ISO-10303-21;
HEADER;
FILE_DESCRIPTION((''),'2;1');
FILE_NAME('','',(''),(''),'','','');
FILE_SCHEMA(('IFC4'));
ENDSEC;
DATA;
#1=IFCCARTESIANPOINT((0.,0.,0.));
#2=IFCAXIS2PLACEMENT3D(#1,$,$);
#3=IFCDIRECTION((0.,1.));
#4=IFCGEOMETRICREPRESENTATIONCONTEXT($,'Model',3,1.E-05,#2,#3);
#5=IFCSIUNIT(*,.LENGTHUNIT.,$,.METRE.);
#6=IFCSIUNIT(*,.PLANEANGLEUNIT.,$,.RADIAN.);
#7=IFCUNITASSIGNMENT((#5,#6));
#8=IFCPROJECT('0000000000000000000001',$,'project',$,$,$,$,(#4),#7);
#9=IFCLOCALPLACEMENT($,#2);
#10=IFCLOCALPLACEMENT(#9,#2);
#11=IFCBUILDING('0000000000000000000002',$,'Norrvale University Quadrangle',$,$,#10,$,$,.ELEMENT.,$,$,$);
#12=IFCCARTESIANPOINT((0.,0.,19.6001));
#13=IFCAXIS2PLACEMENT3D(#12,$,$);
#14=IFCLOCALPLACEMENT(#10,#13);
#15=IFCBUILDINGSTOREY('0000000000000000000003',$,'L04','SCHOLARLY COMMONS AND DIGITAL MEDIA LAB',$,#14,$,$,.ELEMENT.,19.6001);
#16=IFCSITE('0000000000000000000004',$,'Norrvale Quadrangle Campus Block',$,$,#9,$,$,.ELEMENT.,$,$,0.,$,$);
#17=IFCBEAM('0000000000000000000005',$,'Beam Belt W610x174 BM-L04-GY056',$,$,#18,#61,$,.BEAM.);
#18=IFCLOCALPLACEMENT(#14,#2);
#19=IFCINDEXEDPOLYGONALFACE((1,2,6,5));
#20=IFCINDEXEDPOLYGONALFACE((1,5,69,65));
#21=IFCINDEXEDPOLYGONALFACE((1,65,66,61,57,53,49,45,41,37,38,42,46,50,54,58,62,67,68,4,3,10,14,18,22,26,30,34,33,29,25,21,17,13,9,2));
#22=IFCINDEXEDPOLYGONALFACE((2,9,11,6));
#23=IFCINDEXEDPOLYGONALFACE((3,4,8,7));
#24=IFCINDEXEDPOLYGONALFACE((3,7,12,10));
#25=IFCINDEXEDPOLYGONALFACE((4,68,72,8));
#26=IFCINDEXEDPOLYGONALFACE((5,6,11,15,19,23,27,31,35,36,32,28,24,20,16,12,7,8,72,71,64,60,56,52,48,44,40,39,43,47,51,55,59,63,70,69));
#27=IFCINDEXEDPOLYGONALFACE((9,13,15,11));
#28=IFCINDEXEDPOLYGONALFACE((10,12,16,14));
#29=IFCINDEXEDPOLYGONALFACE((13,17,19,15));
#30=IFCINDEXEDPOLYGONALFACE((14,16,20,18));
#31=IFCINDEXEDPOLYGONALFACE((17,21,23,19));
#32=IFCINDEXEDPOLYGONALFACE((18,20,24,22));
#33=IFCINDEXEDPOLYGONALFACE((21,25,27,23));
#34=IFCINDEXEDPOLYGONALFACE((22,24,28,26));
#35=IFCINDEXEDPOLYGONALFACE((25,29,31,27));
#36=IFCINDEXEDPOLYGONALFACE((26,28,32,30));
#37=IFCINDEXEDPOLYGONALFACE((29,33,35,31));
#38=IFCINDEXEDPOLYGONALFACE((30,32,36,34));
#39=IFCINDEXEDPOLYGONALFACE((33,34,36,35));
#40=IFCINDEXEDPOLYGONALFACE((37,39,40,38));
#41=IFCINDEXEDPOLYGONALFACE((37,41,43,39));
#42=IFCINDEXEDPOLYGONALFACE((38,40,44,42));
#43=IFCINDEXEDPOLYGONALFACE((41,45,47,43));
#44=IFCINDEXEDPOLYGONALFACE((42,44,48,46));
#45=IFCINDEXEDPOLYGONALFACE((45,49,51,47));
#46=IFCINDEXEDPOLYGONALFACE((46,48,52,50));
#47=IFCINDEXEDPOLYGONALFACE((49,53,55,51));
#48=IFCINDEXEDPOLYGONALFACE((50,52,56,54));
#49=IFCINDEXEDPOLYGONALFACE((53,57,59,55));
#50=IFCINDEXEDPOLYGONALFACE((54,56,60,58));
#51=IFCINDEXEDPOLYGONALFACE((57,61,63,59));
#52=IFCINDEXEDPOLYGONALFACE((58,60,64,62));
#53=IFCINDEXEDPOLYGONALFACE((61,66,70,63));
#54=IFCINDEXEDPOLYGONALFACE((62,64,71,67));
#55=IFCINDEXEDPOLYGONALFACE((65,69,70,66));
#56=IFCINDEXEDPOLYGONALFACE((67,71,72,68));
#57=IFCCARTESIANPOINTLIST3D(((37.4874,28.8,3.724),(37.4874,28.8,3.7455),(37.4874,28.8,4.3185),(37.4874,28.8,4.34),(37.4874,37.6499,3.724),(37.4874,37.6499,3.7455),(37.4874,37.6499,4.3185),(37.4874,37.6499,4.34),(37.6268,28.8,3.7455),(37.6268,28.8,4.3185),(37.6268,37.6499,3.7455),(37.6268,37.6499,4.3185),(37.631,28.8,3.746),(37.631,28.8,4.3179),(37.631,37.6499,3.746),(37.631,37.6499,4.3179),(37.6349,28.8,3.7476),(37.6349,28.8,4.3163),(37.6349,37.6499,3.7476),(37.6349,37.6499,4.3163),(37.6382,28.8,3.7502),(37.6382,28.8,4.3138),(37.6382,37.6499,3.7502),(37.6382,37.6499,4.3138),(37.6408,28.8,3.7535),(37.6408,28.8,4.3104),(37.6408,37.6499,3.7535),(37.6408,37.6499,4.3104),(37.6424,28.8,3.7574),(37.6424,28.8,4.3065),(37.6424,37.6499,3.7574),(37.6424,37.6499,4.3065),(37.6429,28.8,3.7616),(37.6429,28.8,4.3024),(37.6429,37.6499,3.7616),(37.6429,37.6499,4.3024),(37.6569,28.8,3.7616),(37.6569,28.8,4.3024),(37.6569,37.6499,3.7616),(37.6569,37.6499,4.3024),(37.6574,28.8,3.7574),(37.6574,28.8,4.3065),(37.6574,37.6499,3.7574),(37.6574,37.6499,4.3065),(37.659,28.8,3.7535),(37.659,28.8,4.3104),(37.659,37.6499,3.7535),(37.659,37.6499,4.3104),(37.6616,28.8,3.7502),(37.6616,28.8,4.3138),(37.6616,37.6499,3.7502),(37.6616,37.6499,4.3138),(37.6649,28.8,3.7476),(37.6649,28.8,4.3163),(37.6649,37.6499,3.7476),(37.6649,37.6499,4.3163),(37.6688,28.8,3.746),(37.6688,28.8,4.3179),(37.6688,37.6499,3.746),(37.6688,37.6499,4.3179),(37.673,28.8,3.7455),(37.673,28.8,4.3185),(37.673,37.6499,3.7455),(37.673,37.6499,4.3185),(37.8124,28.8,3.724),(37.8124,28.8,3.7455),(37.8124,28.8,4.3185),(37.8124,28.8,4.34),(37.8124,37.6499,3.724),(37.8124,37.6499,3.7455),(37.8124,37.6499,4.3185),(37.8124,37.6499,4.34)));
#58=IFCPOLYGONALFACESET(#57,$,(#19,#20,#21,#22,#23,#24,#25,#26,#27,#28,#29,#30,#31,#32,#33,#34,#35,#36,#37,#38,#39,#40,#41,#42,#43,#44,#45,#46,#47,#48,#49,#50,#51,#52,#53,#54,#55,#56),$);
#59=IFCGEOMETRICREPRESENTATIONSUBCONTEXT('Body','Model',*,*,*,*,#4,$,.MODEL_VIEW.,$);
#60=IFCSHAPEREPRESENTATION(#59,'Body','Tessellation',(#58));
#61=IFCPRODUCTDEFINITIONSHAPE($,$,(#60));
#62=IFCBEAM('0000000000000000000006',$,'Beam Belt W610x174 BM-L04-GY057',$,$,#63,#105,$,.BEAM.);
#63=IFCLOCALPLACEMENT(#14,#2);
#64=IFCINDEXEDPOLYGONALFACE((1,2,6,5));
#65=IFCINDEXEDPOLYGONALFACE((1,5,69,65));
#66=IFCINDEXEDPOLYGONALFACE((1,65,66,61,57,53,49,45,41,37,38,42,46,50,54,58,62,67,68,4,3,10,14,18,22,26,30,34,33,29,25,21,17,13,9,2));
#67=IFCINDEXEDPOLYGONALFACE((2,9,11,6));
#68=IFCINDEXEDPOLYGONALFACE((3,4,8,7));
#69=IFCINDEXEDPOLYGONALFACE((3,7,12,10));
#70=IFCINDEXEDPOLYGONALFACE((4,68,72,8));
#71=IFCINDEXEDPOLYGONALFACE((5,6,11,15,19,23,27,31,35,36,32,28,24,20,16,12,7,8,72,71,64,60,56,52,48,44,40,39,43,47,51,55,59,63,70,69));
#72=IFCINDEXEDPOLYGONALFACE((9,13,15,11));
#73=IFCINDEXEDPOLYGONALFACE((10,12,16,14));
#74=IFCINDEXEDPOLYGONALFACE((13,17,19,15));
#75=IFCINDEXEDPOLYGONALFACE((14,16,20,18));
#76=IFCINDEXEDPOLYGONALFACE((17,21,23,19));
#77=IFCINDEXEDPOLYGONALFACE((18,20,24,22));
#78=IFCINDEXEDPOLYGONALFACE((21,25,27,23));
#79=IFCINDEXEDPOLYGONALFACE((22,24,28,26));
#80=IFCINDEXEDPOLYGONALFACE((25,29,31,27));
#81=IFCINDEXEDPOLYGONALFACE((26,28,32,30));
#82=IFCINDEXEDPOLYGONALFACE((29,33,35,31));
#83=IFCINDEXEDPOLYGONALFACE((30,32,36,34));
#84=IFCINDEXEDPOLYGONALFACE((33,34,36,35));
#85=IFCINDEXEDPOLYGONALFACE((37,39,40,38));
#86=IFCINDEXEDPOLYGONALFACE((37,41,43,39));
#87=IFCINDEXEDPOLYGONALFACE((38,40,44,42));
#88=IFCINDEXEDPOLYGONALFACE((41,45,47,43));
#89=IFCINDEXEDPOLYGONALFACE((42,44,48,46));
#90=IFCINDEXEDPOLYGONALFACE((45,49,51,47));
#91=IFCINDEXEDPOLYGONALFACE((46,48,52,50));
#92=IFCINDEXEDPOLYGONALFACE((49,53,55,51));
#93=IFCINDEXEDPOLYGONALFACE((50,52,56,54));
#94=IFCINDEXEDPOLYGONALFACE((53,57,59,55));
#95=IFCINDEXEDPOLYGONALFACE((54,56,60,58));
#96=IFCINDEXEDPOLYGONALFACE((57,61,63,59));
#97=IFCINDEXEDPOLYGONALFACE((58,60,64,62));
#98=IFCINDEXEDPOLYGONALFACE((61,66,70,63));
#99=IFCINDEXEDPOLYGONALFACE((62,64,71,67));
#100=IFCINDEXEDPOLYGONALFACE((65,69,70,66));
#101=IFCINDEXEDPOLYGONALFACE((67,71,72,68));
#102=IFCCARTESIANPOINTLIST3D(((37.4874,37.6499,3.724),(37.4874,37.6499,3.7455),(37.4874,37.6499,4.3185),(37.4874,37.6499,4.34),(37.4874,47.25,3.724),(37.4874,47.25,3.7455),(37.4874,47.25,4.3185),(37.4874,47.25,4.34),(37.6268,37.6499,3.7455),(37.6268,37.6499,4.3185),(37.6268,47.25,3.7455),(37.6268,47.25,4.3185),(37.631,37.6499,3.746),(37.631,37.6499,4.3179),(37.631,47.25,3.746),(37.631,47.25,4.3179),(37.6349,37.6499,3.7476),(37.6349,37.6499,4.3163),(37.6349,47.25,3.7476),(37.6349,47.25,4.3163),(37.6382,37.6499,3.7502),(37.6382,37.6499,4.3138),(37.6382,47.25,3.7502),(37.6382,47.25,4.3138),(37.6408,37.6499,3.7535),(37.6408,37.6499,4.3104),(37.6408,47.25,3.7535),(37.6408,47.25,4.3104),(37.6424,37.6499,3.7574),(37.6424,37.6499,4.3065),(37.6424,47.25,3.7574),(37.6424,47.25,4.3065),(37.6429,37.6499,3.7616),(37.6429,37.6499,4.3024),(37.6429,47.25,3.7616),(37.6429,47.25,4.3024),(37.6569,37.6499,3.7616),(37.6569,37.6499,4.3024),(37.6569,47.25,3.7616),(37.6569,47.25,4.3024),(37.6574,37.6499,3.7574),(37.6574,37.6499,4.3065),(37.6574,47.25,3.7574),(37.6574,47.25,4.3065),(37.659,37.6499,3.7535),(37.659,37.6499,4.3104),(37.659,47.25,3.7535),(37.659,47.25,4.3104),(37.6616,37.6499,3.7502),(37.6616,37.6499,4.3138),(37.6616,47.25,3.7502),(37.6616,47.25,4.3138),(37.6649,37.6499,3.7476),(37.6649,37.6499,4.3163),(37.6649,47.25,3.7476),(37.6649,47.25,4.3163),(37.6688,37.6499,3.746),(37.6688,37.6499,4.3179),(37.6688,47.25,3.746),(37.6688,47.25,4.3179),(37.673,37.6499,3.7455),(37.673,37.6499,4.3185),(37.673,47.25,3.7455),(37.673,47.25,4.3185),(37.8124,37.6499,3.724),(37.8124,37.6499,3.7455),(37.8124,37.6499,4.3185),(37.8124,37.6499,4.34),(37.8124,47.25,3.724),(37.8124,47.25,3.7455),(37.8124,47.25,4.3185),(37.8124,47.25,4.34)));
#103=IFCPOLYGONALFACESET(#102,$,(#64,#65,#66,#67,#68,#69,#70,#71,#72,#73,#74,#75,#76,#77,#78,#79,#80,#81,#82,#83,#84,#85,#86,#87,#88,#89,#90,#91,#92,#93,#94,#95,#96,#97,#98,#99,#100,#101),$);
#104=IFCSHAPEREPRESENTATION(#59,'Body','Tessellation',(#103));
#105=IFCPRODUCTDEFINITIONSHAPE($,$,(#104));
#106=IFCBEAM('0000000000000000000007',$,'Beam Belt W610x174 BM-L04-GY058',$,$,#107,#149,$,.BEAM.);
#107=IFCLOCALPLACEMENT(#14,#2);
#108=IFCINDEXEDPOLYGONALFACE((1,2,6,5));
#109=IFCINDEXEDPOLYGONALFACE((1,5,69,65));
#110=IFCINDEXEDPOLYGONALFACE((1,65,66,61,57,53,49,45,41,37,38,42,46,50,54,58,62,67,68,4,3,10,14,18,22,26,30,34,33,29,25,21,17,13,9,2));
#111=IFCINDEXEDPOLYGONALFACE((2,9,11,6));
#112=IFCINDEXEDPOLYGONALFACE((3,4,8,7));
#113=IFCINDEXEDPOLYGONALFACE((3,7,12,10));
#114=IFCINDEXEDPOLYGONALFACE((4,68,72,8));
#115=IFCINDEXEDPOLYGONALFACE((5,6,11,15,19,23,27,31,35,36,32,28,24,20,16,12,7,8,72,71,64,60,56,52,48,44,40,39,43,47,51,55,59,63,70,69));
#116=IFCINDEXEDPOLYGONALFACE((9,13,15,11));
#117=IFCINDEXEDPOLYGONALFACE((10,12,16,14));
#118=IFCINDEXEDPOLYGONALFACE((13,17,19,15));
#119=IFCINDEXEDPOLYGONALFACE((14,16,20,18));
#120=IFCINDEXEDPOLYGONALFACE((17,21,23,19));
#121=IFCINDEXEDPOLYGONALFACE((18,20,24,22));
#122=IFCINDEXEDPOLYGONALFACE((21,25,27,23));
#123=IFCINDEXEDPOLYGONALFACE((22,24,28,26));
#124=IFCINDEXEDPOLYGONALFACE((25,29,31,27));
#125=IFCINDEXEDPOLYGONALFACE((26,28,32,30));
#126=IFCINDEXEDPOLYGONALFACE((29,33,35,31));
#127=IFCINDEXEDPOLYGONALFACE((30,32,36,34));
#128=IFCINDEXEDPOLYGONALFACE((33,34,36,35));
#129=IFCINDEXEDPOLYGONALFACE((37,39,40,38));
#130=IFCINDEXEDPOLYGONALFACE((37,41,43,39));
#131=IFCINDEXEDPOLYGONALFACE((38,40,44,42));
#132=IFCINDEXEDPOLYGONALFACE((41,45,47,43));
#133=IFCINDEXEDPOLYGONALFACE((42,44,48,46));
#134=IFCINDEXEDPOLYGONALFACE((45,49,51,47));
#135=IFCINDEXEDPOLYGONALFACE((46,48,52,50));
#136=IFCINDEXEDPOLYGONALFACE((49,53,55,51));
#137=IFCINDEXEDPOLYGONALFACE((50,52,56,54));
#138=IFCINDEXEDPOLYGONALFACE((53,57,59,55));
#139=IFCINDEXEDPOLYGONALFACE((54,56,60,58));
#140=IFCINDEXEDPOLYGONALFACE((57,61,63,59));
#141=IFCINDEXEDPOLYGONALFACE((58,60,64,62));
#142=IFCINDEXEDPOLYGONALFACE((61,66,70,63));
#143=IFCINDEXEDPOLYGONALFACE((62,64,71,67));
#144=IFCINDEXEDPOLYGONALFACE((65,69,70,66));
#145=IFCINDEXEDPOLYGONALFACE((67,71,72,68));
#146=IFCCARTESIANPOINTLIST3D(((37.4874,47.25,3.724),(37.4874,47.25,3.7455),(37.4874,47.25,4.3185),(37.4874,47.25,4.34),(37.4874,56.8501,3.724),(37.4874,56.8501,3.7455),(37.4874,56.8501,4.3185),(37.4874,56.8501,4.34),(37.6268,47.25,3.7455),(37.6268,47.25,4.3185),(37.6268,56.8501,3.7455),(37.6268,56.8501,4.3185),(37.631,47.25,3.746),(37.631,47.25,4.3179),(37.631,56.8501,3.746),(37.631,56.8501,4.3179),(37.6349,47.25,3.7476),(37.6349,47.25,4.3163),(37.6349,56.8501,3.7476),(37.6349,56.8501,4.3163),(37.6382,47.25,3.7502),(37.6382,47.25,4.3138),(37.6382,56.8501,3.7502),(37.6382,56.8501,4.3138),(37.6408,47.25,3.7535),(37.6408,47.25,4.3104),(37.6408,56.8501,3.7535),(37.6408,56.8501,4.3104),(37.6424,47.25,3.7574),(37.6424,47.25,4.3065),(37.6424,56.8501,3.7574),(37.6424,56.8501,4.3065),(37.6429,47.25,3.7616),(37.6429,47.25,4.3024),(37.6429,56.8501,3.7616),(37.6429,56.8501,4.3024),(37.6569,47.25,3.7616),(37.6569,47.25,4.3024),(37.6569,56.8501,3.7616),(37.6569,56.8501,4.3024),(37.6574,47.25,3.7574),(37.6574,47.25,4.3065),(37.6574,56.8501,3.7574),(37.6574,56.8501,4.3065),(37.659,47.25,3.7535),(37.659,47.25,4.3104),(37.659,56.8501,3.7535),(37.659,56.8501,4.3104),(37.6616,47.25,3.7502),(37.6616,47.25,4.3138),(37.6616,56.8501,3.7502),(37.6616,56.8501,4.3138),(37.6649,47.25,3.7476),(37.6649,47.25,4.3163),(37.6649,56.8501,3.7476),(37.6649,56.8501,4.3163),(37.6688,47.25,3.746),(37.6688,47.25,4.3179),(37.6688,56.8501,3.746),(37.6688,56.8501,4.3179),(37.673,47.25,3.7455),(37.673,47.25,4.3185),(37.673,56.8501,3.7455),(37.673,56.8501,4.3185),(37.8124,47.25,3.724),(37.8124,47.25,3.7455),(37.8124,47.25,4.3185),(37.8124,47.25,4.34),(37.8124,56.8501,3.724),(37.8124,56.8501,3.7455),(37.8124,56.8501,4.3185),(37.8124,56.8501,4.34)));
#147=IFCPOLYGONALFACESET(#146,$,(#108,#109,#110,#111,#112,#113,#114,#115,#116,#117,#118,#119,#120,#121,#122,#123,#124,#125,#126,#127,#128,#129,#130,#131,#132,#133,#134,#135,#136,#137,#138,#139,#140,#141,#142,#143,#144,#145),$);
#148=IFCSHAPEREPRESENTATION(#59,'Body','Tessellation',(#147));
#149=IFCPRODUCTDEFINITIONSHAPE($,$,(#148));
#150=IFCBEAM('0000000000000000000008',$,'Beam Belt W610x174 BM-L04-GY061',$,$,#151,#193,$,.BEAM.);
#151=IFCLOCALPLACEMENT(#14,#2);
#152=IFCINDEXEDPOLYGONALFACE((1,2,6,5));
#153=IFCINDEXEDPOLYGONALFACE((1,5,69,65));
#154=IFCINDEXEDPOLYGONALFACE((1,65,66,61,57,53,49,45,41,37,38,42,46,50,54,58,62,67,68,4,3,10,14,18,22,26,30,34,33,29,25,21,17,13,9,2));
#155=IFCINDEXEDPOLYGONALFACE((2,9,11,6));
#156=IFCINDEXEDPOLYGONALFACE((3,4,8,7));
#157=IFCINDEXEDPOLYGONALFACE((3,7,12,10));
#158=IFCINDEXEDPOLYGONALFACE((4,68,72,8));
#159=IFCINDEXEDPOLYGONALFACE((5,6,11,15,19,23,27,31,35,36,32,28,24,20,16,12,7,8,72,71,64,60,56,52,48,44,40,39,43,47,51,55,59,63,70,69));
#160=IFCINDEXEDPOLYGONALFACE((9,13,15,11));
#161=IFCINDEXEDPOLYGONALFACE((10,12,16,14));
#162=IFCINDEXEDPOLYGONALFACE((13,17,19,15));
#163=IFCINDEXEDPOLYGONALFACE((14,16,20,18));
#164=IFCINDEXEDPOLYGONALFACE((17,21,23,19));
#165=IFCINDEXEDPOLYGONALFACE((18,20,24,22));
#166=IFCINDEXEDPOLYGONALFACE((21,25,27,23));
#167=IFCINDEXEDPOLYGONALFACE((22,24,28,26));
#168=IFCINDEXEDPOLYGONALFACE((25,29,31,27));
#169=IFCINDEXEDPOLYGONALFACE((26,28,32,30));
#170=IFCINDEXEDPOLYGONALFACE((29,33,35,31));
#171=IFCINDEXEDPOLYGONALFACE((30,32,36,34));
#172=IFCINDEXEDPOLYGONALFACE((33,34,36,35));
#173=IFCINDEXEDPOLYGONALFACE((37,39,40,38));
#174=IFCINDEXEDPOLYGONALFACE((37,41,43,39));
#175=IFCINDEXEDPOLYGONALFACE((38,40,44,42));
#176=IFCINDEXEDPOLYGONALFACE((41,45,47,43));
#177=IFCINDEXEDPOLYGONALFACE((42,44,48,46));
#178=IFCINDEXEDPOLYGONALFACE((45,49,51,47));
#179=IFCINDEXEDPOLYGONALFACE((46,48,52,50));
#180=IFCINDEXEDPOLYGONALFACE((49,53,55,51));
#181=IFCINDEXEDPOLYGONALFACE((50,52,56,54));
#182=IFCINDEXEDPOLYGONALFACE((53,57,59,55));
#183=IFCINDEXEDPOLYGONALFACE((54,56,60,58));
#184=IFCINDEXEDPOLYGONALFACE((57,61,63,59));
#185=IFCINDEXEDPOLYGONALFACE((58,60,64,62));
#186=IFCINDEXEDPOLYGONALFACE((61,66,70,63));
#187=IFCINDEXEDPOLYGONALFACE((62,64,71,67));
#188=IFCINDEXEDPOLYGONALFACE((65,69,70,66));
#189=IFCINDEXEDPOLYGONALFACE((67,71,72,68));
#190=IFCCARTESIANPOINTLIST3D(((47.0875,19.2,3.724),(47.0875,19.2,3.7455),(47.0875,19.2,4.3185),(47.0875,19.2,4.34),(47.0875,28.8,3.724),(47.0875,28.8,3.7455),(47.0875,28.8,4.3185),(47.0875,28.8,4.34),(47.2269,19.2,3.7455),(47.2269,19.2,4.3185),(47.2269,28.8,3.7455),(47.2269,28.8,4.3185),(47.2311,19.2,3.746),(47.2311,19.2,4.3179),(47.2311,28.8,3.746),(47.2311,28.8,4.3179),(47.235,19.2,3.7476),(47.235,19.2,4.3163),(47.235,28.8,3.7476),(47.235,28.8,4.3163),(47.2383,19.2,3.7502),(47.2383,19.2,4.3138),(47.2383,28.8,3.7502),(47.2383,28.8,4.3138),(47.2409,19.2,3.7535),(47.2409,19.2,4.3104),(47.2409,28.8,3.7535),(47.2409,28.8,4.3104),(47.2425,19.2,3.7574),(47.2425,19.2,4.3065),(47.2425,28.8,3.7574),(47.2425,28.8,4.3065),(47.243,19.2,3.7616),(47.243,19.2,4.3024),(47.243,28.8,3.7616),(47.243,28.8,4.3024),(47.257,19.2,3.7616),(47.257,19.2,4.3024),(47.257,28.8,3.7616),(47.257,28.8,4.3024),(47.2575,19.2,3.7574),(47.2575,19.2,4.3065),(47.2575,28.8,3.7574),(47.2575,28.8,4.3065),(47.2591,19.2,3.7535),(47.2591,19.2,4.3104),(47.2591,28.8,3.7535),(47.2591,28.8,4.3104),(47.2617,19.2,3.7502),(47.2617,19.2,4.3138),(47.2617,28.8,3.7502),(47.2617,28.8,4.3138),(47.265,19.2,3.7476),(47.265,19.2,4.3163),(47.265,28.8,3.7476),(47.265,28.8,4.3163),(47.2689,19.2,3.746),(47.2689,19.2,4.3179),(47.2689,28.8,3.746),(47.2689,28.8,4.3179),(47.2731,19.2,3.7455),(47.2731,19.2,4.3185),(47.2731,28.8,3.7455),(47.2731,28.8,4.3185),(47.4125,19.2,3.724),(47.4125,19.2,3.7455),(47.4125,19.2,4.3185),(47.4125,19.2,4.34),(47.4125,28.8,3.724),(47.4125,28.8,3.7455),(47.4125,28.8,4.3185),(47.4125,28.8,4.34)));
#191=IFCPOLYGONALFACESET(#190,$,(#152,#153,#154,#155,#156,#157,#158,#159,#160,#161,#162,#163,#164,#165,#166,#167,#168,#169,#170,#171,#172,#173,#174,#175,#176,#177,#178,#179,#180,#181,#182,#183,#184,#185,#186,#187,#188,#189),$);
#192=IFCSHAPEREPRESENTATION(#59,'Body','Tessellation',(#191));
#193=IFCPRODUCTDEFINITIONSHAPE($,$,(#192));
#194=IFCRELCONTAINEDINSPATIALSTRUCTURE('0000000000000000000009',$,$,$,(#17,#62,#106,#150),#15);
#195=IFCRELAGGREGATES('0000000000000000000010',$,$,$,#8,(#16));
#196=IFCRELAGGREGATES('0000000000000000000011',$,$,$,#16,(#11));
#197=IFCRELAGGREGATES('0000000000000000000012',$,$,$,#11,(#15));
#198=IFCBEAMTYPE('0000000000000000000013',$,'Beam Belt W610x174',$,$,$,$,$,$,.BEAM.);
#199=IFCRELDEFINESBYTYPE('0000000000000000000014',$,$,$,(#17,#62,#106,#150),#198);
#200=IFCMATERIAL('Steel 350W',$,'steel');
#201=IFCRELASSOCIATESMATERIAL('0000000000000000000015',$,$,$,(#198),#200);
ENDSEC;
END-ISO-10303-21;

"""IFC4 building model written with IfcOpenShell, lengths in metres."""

from ifc_helpers import new_model, si_unit, direction, frame, origin, origin_2d, place, context, subcontext, project, spatial, i_section, extrude, material, material_profile, profile_set, type_object, element, save


model = new_model("IFC4")

# Units and contexts
model_context = context("Model", 3, precision=1e-05, world=origin(), true_north=direction((0.0, 1.0)))
body_context = subcontext(model_context, "Body", "Model", "MODEL_VIEW")
ifc_project = project(units=[si_unit("LENGTHUNIT", "METRE"), si_unit("PLANEANGLEUNIT", "RADIAN")], contexts=[model_context])

# Site, building, storey
site_placement = place(None, origin())
site = spatial("IfcSite", under=ifc_project, at=site_placement, Name="Norrvale Quadrangle Campus Block", CompositionType="ELEMENT", RefElevation=0.0)
building_placement = place(site_placement, origin())
building = spatial("IfcBuilding", under=site, at=building_placement, Name="Norrvale University Quadrangle", CompositionType="ELEMENT")
storey_placement = place(building_placement, frame((0.0, 0.0, 19.6001)))
storey = spatial("IfcBuildingStorey", under=building, at=storey_placement, Name="L04", Description="SCHOLARLY COMMONS AND DIGITAL MEDIA LAB", CompositionType="ELEMENT", Elevation=19.6001)

# Beams
ifc_material_1 = material(Name="Steel 350W", Category="steel")
ifc_material_profile_1 = material_profile(ifc_material_1, i_section(OverallWidth=0.325, OverallDepth=0.616, WebThickness=0.0139, FlangeThickness=0.0215, FilletRadius=0.0161, at=origin_2d()), Name="Steel 350W")
ifc_profile_set_1 = profile_set([ifc_material_profile_1], Name="Steel 350W")
beam_type_1 = type_object("IfcBeamType", Name="Beam Belt W610x174", PredefinedType="BEAM", material=ifc_profile_set_1)
beam_1_placement = place(storey_placement, frame((37.6499, 28.8, 4.032), z_axis=(0.0, 1.0, 0.0), x_axis=(-1.0, 0.0, 0.0)))
element("IfcBeam", 1, at=beam_1_placement, inside=storey, type_object=beam_type_1, Name="Beam Belt W610x174 BM-L04-GY056", PredefinedType="BEAM", context=body_context, shape_type="SweptSolid", body=[
    extrude(i_section(OverallWidth=0.325, OverallDepth=0.616, WebThickness=0.0139, FlangeThickness=0.0215, FilletRadius=0.0161, at=origin_2d()), origin(), (0.0, 0.0, 1.0), 8.8499),
])
for number, where, z_axis, x_axis, name in (
    (2, (37.6499, 37.6499, 4.032), (0.0, 1.0, 0.0), (-1.0, 0.0, 0.0), "Beam Belt W610x174 BM-L04-GY057"),
    (3, (37.6499, 47.25, 4.032), (0.0, 1.0, 0.0), (-1.0, 0.0, 0.0), "Beam Belt W610x174 BM-L04-GY058"),
    (4, (47.25, 19.2, 4.032), (0.0, 1.0, 0.0), (-1.0, 0.0, 0.0), "Beam Belt W610x174 BM-L04-GY061"),
):
    element("IfcBeam", number, at=place(storey_placement, frame(where, z_axis=z_axis, x_axis=x_axis)), inside=storey, type_object=beam_type_1, Name=name, PredefinedType="BEAM", context=body_context, shape_type="SweptSolid", body=[
        extrude(i_section(OverallWidth=0.325, OverallDepth=0.616, WebThickness=0.0139, FlangeThickness=0.0215, FilletRadius=0.0161, at=origin_2d()), origin(), (0.0, 0.0, 1.0), 9.6001),
    ])

save(model, "model.ifc")
